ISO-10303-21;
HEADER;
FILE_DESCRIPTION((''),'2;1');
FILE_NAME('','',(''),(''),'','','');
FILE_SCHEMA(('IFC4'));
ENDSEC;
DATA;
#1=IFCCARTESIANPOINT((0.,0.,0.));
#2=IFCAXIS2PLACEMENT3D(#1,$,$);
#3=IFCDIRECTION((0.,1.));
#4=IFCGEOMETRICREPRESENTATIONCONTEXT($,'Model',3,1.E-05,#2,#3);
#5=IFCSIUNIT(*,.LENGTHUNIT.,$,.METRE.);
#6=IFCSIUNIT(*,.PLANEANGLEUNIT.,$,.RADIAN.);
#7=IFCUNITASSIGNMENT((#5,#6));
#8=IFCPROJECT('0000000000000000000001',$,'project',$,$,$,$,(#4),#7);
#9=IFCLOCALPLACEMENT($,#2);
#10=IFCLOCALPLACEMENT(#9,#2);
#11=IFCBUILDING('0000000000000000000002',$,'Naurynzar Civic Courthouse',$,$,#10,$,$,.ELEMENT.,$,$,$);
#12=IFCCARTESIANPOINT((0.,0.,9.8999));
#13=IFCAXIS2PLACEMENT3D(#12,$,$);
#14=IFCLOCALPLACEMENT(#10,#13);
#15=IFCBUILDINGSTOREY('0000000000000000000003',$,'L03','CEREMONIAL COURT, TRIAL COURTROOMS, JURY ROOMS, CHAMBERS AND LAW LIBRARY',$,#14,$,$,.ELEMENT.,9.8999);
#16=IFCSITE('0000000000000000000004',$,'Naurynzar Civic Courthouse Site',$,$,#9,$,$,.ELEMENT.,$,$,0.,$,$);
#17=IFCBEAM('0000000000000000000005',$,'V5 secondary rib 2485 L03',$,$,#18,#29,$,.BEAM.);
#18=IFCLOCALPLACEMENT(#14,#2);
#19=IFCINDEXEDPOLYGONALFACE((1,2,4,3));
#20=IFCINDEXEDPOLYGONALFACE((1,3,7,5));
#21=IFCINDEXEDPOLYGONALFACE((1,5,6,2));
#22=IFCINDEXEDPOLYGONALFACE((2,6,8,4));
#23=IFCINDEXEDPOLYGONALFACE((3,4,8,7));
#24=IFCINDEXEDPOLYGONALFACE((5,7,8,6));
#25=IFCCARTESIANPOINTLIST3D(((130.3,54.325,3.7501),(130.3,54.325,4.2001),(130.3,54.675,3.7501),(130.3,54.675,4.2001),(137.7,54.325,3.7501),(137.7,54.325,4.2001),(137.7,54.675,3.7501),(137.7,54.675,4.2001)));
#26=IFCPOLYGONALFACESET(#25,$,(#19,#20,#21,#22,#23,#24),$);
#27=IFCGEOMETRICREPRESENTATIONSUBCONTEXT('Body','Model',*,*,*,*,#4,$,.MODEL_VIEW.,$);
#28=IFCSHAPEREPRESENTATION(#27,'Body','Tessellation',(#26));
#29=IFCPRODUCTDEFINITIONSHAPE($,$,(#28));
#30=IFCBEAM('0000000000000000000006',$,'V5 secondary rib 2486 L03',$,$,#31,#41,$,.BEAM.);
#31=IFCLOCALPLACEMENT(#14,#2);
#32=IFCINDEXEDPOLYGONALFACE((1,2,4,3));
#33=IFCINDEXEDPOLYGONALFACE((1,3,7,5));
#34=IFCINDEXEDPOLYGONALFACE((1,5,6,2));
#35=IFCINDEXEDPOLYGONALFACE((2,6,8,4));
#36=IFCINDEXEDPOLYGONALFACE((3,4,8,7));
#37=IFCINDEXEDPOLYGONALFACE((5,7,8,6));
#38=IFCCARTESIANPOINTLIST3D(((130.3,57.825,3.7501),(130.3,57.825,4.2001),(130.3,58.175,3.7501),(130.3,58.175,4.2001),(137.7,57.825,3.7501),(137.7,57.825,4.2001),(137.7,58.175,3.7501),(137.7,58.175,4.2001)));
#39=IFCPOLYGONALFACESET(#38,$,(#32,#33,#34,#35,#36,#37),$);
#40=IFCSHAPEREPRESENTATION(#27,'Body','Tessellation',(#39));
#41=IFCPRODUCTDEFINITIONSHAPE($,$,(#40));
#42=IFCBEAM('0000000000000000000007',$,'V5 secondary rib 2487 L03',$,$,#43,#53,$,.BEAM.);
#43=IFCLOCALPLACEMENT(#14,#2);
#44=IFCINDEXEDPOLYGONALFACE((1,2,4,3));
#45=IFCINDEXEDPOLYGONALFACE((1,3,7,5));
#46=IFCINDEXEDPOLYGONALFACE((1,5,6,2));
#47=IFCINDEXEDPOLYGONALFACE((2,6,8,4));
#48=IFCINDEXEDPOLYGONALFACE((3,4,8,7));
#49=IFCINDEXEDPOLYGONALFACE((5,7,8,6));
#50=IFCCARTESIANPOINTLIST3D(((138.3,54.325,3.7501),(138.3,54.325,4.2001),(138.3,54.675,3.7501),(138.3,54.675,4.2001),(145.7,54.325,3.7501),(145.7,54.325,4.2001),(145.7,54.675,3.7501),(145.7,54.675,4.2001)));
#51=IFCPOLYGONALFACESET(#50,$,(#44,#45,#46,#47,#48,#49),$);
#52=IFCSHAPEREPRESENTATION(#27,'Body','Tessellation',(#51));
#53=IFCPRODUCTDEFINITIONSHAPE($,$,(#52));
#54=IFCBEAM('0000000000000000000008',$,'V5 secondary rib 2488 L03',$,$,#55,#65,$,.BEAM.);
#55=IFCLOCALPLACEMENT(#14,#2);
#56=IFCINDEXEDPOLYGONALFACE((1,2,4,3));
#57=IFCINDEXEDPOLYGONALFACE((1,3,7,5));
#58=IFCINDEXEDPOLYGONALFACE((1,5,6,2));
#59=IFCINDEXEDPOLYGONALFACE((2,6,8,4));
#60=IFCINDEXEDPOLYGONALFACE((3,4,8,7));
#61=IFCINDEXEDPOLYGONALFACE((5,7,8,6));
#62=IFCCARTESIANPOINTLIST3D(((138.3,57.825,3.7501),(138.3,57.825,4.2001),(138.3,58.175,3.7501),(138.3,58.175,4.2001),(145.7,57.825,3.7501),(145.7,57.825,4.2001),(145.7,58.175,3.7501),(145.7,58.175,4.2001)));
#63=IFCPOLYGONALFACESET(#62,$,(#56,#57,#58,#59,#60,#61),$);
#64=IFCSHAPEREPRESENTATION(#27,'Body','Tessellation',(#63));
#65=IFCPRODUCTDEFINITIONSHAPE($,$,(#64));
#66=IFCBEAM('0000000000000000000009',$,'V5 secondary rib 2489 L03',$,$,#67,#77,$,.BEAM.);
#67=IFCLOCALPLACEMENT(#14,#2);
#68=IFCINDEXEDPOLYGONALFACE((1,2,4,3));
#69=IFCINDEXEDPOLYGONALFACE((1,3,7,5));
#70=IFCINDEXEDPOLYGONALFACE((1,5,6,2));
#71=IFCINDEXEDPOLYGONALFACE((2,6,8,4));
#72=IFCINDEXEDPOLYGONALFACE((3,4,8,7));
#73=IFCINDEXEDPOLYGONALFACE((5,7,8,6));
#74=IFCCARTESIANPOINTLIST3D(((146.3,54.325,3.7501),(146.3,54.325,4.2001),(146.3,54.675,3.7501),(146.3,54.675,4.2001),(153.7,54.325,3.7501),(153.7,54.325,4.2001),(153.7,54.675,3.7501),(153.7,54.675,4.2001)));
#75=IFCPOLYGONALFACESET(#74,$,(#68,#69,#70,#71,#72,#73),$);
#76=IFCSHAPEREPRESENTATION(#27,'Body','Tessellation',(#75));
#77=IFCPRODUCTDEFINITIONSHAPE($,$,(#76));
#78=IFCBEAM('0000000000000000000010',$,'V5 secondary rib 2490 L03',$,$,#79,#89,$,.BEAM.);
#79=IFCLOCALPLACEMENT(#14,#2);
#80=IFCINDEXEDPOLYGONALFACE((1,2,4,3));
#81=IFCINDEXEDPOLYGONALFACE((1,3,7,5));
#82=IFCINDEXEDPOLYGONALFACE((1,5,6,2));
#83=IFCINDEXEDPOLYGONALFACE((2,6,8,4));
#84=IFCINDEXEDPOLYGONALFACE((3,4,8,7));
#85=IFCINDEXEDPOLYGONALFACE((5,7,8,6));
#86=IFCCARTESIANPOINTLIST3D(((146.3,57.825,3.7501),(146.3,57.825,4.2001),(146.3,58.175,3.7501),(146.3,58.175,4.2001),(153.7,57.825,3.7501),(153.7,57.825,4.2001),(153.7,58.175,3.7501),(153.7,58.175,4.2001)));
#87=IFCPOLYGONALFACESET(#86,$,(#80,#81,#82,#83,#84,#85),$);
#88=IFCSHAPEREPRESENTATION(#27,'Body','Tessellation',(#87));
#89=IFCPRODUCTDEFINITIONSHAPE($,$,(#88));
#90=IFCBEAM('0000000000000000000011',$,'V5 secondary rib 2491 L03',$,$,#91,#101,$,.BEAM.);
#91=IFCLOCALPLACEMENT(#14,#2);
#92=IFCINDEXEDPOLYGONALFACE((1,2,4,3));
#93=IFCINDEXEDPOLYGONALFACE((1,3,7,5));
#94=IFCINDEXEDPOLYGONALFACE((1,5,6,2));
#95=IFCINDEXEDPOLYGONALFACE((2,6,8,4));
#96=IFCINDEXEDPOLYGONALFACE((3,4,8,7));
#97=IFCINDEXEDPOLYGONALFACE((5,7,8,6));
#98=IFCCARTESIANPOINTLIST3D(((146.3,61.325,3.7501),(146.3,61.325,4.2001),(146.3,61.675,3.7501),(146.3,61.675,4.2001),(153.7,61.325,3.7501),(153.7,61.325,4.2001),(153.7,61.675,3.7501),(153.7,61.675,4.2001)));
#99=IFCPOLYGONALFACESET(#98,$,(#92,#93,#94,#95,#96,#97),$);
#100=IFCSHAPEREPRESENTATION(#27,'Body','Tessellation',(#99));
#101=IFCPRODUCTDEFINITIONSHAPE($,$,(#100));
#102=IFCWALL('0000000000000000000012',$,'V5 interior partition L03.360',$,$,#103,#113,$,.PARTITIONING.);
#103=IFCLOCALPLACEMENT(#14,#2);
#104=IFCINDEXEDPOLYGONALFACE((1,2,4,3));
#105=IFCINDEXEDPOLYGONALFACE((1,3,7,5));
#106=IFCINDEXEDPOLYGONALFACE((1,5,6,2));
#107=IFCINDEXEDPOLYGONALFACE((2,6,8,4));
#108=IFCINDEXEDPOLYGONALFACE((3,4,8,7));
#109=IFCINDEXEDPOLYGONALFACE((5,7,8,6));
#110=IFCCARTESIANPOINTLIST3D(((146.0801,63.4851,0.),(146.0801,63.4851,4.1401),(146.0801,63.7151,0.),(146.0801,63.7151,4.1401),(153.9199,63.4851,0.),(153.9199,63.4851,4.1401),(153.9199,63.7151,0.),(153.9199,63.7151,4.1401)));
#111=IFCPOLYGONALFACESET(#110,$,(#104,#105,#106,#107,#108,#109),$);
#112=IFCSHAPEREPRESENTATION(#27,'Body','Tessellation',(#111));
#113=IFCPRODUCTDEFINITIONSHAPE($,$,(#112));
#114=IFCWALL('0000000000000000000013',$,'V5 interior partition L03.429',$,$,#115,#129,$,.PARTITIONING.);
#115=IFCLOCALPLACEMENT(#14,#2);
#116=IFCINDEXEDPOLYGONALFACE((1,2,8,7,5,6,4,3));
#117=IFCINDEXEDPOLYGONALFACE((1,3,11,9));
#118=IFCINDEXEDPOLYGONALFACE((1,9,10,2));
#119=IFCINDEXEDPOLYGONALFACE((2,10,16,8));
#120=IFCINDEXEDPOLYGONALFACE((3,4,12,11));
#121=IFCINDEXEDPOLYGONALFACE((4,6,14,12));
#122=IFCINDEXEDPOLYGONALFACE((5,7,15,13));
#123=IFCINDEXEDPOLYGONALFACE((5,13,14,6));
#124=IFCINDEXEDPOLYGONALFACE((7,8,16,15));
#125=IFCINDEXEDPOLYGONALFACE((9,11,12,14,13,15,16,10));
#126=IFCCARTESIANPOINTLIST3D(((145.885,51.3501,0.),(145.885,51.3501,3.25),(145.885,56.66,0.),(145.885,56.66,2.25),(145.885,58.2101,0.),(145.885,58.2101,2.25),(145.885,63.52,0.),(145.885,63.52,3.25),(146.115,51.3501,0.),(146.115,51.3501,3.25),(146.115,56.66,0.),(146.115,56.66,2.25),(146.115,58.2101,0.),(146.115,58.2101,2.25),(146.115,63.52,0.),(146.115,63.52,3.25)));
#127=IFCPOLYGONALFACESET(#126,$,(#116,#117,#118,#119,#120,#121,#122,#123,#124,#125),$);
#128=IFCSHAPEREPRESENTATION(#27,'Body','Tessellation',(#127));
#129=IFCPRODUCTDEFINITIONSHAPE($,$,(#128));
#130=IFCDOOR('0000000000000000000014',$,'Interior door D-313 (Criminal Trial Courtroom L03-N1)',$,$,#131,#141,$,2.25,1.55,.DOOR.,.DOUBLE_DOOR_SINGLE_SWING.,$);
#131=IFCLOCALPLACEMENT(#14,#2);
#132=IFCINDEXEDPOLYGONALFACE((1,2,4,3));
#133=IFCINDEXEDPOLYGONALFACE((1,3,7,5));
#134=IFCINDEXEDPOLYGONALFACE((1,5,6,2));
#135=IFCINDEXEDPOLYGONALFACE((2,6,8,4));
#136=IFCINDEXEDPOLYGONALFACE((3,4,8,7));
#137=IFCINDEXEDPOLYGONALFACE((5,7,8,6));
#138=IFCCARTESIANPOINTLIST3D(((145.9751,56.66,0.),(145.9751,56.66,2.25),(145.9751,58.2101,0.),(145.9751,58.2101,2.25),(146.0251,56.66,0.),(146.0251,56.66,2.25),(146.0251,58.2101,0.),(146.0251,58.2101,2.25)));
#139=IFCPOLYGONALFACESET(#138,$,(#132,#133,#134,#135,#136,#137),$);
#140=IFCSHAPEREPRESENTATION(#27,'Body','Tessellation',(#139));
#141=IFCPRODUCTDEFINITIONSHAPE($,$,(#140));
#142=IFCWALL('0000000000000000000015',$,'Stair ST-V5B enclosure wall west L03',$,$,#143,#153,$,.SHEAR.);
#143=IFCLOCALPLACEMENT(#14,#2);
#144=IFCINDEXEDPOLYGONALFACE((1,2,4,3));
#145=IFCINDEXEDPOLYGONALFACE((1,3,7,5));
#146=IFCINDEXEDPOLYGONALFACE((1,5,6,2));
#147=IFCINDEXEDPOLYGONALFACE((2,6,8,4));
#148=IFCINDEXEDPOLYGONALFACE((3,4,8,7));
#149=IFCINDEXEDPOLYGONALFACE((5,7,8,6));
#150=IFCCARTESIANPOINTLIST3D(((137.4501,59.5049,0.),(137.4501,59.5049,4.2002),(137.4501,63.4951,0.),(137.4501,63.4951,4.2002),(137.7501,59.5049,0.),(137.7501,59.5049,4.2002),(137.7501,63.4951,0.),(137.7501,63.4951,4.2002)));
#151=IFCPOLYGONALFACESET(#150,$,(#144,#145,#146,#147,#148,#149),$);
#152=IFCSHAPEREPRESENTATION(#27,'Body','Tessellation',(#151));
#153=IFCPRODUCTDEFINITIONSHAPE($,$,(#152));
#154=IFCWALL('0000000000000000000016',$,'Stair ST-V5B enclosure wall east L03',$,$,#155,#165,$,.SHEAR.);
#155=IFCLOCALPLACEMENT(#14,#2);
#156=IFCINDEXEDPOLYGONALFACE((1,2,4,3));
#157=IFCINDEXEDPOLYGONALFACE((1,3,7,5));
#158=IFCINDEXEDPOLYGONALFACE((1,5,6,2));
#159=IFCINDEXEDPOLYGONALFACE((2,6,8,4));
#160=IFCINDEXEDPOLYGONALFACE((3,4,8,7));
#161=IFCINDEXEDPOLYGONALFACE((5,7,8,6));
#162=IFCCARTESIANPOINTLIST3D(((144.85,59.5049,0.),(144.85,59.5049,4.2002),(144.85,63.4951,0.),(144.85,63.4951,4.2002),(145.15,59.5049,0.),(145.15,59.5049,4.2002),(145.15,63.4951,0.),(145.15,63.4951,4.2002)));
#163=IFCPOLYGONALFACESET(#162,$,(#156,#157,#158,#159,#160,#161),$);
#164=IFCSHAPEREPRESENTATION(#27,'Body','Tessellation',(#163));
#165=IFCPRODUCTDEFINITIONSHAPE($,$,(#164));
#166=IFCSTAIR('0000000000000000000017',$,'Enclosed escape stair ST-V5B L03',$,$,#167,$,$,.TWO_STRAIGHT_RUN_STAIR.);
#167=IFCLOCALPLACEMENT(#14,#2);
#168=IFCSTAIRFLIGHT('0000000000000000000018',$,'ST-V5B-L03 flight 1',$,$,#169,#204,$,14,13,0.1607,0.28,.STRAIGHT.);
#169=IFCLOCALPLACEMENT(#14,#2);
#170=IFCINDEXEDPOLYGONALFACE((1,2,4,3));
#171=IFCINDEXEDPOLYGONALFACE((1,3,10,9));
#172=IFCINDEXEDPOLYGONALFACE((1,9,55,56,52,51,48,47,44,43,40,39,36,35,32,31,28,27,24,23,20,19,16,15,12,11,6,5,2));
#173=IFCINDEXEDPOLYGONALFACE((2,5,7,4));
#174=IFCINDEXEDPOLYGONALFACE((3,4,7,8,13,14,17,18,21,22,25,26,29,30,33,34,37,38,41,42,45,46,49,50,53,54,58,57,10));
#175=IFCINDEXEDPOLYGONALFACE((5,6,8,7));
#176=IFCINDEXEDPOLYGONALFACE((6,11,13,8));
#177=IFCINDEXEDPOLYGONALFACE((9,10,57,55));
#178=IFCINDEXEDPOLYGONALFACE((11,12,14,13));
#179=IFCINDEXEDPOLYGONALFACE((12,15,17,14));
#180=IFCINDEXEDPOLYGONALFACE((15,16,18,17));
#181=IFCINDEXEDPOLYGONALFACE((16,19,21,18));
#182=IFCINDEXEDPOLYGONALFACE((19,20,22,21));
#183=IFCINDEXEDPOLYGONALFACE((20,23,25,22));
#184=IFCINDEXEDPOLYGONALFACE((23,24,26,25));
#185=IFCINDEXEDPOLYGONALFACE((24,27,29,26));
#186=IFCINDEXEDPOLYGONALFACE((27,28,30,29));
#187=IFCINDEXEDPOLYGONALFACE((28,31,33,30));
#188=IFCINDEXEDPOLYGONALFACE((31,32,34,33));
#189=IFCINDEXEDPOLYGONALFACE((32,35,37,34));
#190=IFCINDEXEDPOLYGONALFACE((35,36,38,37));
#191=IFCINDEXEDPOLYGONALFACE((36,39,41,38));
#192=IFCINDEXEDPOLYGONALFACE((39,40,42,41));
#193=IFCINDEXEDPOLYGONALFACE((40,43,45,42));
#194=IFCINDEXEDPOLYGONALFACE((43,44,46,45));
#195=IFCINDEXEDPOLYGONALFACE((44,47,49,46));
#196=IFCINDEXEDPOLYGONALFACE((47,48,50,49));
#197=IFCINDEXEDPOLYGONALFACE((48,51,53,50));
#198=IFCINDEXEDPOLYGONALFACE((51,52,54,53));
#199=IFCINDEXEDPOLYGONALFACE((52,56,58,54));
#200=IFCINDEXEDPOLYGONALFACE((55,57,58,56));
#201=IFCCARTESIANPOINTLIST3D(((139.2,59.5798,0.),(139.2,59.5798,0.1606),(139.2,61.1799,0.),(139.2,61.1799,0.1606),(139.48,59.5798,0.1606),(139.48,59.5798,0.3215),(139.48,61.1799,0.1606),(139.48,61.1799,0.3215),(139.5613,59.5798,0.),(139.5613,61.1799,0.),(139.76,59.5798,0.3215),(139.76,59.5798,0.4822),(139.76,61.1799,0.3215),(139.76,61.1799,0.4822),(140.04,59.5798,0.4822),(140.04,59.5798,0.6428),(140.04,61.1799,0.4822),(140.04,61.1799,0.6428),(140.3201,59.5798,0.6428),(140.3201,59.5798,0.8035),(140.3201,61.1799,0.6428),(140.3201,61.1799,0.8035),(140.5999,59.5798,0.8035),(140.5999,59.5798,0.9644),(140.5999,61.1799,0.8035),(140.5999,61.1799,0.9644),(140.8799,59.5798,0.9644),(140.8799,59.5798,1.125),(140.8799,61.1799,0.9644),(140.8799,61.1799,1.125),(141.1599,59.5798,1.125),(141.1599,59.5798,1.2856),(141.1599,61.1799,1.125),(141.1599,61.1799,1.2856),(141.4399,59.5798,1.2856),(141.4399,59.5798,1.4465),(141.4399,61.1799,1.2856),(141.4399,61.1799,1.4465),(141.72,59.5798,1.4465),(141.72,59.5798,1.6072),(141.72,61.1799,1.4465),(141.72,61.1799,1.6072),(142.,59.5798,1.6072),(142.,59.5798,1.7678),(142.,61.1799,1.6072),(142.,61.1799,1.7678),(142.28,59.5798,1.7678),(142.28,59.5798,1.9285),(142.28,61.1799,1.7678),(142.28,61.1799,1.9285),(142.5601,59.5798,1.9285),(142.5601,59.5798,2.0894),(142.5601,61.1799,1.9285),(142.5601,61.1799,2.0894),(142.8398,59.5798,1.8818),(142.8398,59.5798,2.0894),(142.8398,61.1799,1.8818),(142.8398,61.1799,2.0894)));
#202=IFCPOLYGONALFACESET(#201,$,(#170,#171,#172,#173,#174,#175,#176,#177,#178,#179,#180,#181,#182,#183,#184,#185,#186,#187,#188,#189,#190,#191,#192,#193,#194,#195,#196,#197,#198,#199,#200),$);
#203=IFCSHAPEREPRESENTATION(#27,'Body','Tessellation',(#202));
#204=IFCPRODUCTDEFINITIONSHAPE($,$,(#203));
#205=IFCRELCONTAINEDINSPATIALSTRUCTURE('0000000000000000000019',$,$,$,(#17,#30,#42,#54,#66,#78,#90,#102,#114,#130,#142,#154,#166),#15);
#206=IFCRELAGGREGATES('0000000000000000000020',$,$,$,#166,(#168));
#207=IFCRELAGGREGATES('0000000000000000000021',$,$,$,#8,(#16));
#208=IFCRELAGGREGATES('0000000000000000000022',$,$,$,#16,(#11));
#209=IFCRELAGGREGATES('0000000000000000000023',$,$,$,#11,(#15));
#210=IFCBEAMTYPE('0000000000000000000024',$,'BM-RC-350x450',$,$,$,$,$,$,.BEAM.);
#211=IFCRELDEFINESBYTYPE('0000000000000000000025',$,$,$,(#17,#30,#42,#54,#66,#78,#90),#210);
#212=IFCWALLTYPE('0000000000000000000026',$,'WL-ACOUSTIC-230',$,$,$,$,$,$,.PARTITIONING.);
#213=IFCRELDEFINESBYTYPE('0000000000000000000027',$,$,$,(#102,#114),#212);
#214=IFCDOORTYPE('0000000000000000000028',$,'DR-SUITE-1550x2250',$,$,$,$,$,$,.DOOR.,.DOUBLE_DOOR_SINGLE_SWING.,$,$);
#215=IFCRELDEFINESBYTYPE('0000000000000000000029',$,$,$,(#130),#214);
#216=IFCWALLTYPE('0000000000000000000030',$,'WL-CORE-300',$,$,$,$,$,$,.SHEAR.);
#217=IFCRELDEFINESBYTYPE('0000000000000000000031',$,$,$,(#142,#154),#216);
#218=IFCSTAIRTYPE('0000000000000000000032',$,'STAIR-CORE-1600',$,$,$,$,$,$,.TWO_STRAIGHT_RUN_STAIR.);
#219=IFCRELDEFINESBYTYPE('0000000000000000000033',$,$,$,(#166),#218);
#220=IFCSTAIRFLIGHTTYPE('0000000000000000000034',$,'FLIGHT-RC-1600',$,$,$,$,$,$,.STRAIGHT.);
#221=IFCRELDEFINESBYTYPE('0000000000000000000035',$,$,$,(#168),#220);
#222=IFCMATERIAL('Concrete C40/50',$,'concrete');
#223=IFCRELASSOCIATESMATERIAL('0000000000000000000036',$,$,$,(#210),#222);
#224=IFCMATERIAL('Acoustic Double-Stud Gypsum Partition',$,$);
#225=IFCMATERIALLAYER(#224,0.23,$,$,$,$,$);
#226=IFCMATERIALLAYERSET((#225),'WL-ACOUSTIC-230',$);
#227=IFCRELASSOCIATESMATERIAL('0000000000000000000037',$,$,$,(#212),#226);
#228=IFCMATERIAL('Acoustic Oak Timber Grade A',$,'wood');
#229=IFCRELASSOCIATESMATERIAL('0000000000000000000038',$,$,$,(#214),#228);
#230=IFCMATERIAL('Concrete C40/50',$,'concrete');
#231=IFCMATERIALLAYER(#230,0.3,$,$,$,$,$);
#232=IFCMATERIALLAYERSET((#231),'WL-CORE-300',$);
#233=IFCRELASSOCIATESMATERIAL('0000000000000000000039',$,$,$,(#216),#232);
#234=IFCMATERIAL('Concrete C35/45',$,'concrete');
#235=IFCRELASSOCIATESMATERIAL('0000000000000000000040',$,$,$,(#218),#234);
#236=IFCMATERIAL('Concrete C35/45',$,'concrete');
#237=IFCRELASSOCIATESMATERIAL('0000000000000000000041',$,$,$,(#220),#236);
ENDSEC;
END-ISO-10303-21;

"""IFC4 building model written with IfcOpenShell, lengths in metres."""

from ifc_helpers import new_model, si_unit, direction, frame, frame_2d, origin, origin_2d, place, context, subcontext, project, spatial, polyline, rectangle, outline, extrude, material, layer, layer_set, material_profile, profile_set, type_object, element, fill, aggregate, save


model = new_model("IFC4")

# Units and contexts
model_context = context("Model", 3, precision=1e-05, world=origin(), true_north=direction((0.0, 1.0)))
body_context = subcontext(model_context, "Body", "Model", "MODEL_VIEW")
ifc_project = project(units=[si_unit("LENGTHUNIT", "METRE"), si_unit("PLANEANGLEUNIT", "RADIAN")], contexts=[model_context])

# Site, building, storey
site_placement = place(None, origin())
site = spatial("IfcSite", under=ifc_project, at=site_placement, Name="Naurynzar Civic Courthouse Site", CompositionType="ELEMENT", RefElevation=0.0)
building_placement = place(site_placement, origin())
building = spatial("IfcBuilding", under=site, at=building_placement, Name="Naurynzar Civic Courthouse", CompositionType="ELEMENT")
storey_placement = place(building_placement, frame((0.0, 0.0, 9.8999)))
storey = spatial("IfcBuildingStorey", under=building, at=storey_placement, Name="L03", Description="CEREMONIAL COURT, TRIAL COURTROOMS, JURY ROOMS, CHAMBERS AND LAW LIBRARY", CompositionType="ELEMENT", Elevation=9.8999)

# Beams
ifc_material_1 = material(Name="Concrete C40/50", Category="concrete")
ifc_material_profile = material_profile(ifc_material_1, rectangle(XDim=0.3501, YDim=0.45, at=origin_2d()), Name="RCB 350x450")
ifc_profile_set = profile_set([ifc_material_profile], Name="Concrete C40/50")
beam_type = type_object("IfcBeamType", Name="BM-RC-350x450", PredefinedType="BEAM", material=ifc_profile_set)
for number, where, z_axis, x_axis, name in (
    (1, (130.3, 54.5, 3.9751), (1.0, 0.0, 0.0), (0.0, 1.0, 0.0), "V5 secondary rib 2485 L03"),
    (2, (130.3, 58.0, 3.9751), (1.0, 0.0, 0.0), (0.0, 1.0, 0.0), "V5 secondary rib 2486 L03"),
    (3, (138.3, 54.5, 3.9751), (1.0, 0.0, 0.0), (0.0, 1.0, 0.0), "V5 secondary rib 2487 L03"),
    (4, (138.3, 58.0, 3.9751), (1.0, 0.0, 0.0), (0.0, 1.0, 0.0), "V5 secondary rib 2488 L03"),
    (5, (146.3, 54.5, 3.9751), (1.0, 0.0, 0.0), (0.0, 1.0, 0.0), "V5 secondary rib 2489 L03"),
    (6, (146.3, 58.0, 3.9751), (1.0, 0.0, 0.0), (0.0, 1.0, 0.0), "V5 secondary rib 2490 L03"),
    (7, (146.3, 61.5, 3.9751), (1.0, 0.0, 0.0), (0.0, 1.0, 0.0), "V5 secondary rib 2491 L03"),
):
    element("IfcBeam", number, at=place(storey_placement, frame(where, z_axis=z_axis, x_axis=x_axis)), inside=storey, type_object=beam_type, Name=name, PredefinedType="BEAM", context=body_context, shape_type="SweptSolid", body=[
        extrude(rectangle(XDim=0.3501, YDim=0.45, at=origin_2d()), origin(), (0.0, 0.0, 1.0), 7.3999),
    ])

# Wall
ifc_material_2 = material(Name="Acoustic Double-Stud Gypsum Partition")
ifc_layer_1 = layer(ifc_material_2, 0.23)
ifc_layer_set_1 = layer_set([ifc_layer_1], Name="WL-ACOUSTIC-230")
wall_type_1 = type_object("IfcWallType", Name="WL-ACOUSTIC-230", PredefinedType="PARTITIONING", material=ifc_layer_set_1)
wall_1_placement = place(storey_placement, frame((146.0801, 63.6001, 0.0), z_axis=(0.0, 0.0, 1.0), x_axis=(1.0, 0.0, 0.0)))
element("IfcWall", 8, at=wall_1_placement, inside=storey, type_object=wall_type_1, Name="V5 interior partition L03.360", PredefinedType="PARTITIONING", context=body_context, shape_type="SweptSolid", body=[
    extrude(rectangle(XDim=7.8398, YDim=0.23, at=frame_2d((3.9199, 0.0))), origin(), (0.0, 0.0, 1.0), 4.1401),
])

# Wall, opening, door
wall_2_placement = place(storey_placement, frame((146.0, 51.3501, 0.0), z_axis=(0.0, 0.0, 1.0), x_axis=(0.0, 1.0, 0.0)))
wall_2 = element("IfcWall", 9, at=wall_2_placement, inside=storey, type_object=wall_type_1, Name="V5 interior partition L03.429", PredefinedType="PARTITIONING", context=body_context, shape_type="SweptSolid", body=[
    extrude(rectangle(XDim=12.1699, YDim=0.23, at=frame_2d((6.085, 0.0))), origin(), (0.0, 0.0, 1.0), 3.25),
])
opening_1_placement = place(wall_2_placement, frame((5.3101, 0.0, 0.0)))
opening_1 = element("IfcOpeningElement", 10, at=opening_1_placement, cuts=wall_2, PredefinedType="OPENING", context=body_context, shape_type="SweptSolid", body=[
    extrude(rectangle(XDim=1.55, YDim=2.25, at=frame_2d((0.7749, 1.125))), frame((0.0, 0.125, 0.0), z_axis=(0.0, -1.0, 0.0), x_axis=(1.0, 0.0, 0.0)), (0.0, 0.0, 1.0), 0.25),
])
ifc_material_3 = material(Name="Acoustic Oak Timber Grade A", Category="wood")
door_type_1 = type_object("IfcDoorType", Name="DR-SUITE-1550x2250", OperationType="DOUBLE_DOOR_SINGLE_SWING", PredefinedType="DOOR", material=ifc_material_3)
door_1_placement = place(opening_1_placement, origin())
door_1 = element("IfcDoor", 11, at=door_1_placement, inside=storey, type_object=door_type_1, Name="Interior door D-313 (Criminal Trial Courtroom L03-N1)", OperationType="DOUBLE_DOOR_SINGLE_SWING", OverallHeight=2.25, OverallWidth=1.55, PredefinedType="DOOR", context=body_context, shape_type="SweptSolid", body=[
    extrude(rectangle(XDim=1.55, YDim=2.25, at=frame_2d((0.7749, 1.125))), frame((0.0, 0.0249, 0.0), z_axis=(0.0, -1.0, 0.0), x_axis=(1.0, 0.0, 0.0)), (0.0, 0.0, 1.0), 0.05),
])
fill(opening_1, door_1)
ifc_material_4 = material(Name="Concrete C40/50", Category="concrete")
ifc_layer_2 = layer(ifc_material_4, 0.3)
ifc_layer_set_2 = layer_set([ifc_layer_2], Name="WL-CORE-300")
wall_type_2 = type_object("IfcWallType", Name="WL-CORE-300", PredefinedType="SHEAR", material=ifc_layer_set_2)

# Walls
for number, where, z_axis, x_axis, name in (
    (12, (137.6001, 63.4951, 0.0), (0.0, 0.0, 1.0), (0.0, -1.0, 0.0), "Stair ST-V5B enclosure wall west L03"),
    (13, (145.0, 59.5049, 0.0), (0.0, 0.0, 1.0), (0.0, 1.0, 0.0), "Stair ST-V5B enclosure wall east L03"),
):
    element("IfcWall", number, at=place(storey_placement, frame(where, z_axis=z_axis, x_axis=x_axis)), inside=storey, type_object=wall_type_2, Name=name, PredefinedType="SHEAR", context=body_context, shape_type="SweptSolid", body=[
        extrude(rectangle(XDim=3.9902, YDim=0.3, at=frame_2d((1.9951, 0.0))), origin(), (0.0, 0.0, 1.0), 4.2002),
    ])

# Stair, stair flight
ifc_material_5 = material(Name="Concrete C35/45", Category="concrete")
stair_type = type_object("IfcStairType", Name="STAIR-CORE-1600", PredefinedType="TWO_STRAIGHT_RUN_STAIR", material=ifc_material_5)
stair_placement = place(storey_placement, origin())
stair = element("IfcStair", 14, at=stair_placement, inside=storey, type_object=stair_type, Name="Enclosed escape stair ST-V5B L03", PredefinedType="TWO_STRAIGHT_RUN_STAIR")
ifc_material_6 = material(Name="Concrete C35/45", Category="concrete")
stair_flight_type = type_object("IfcStairFlightType", Name="FLIGHT-RC-1600", PredefinedType="STRAIGHT", material=ifc_material_6)
stair_flight_1_placement = place(storey_placement, frame((139.2, 60.3799, 0.0), z_axis=(0.0, 0.0, 1.0), x_axis=(1.0, 0.0, 0.0)))
stair_flight_1 = element("IfcStairFlight", 15, at=stair_flight_1_placement, type_object=stair_flight_type, Name="ST-V5B-L03 flight 1", NumberOfRisers=14, NumberOfTreads=13, PredefinedType="STRAIGHT", RiserHeight=0.1607, TreadLength=0.28, context=body_context, shape_type="SweptSolid", body=[
    extrude(outline(polyline([(0.0, 0.0), (0.0, 0.1606), (0.28, 0.1606), (0.28, 0.3215), (0.5601, 0.3215), (0.5601, 0.4822), (0.8401, 0.4822), (0.8401, 0.6428), (1.1201, 0.6428), (1.1201, 0.8035), (1.3999, 0.8035), (1.3999, 0.9644), (1.6799, 0.9644), (1.6799, 1.125), (1.96, 1.125), (1.96, 1.2856), (2.24, 1.2856), (2.24, 1.4465), (2.52, 1.4465), (2.52, 1.6072), (2.8, 1.6072), (2.8, 1.7678), (3.0801, 1.7678), (3.0801, 1.9285), (3.3601, 1.9285), (3.3601, 2.0894), (3.6399, 2.0894), (3.6399, 2.25), (3.6399, 1.8818), (0.3613, 0.0), (0.0, 0.0)])), frame((0.0, 0.8, 0.0), z_axis=(0.0, -1.0, 0.0), x_axis=(1.0, 0.0, 0.0)), (0.0, 0.0, 1.0), 1.6001),
])
aggregate(stair, [stair_flight_1])

save(model, "model.ifc")
